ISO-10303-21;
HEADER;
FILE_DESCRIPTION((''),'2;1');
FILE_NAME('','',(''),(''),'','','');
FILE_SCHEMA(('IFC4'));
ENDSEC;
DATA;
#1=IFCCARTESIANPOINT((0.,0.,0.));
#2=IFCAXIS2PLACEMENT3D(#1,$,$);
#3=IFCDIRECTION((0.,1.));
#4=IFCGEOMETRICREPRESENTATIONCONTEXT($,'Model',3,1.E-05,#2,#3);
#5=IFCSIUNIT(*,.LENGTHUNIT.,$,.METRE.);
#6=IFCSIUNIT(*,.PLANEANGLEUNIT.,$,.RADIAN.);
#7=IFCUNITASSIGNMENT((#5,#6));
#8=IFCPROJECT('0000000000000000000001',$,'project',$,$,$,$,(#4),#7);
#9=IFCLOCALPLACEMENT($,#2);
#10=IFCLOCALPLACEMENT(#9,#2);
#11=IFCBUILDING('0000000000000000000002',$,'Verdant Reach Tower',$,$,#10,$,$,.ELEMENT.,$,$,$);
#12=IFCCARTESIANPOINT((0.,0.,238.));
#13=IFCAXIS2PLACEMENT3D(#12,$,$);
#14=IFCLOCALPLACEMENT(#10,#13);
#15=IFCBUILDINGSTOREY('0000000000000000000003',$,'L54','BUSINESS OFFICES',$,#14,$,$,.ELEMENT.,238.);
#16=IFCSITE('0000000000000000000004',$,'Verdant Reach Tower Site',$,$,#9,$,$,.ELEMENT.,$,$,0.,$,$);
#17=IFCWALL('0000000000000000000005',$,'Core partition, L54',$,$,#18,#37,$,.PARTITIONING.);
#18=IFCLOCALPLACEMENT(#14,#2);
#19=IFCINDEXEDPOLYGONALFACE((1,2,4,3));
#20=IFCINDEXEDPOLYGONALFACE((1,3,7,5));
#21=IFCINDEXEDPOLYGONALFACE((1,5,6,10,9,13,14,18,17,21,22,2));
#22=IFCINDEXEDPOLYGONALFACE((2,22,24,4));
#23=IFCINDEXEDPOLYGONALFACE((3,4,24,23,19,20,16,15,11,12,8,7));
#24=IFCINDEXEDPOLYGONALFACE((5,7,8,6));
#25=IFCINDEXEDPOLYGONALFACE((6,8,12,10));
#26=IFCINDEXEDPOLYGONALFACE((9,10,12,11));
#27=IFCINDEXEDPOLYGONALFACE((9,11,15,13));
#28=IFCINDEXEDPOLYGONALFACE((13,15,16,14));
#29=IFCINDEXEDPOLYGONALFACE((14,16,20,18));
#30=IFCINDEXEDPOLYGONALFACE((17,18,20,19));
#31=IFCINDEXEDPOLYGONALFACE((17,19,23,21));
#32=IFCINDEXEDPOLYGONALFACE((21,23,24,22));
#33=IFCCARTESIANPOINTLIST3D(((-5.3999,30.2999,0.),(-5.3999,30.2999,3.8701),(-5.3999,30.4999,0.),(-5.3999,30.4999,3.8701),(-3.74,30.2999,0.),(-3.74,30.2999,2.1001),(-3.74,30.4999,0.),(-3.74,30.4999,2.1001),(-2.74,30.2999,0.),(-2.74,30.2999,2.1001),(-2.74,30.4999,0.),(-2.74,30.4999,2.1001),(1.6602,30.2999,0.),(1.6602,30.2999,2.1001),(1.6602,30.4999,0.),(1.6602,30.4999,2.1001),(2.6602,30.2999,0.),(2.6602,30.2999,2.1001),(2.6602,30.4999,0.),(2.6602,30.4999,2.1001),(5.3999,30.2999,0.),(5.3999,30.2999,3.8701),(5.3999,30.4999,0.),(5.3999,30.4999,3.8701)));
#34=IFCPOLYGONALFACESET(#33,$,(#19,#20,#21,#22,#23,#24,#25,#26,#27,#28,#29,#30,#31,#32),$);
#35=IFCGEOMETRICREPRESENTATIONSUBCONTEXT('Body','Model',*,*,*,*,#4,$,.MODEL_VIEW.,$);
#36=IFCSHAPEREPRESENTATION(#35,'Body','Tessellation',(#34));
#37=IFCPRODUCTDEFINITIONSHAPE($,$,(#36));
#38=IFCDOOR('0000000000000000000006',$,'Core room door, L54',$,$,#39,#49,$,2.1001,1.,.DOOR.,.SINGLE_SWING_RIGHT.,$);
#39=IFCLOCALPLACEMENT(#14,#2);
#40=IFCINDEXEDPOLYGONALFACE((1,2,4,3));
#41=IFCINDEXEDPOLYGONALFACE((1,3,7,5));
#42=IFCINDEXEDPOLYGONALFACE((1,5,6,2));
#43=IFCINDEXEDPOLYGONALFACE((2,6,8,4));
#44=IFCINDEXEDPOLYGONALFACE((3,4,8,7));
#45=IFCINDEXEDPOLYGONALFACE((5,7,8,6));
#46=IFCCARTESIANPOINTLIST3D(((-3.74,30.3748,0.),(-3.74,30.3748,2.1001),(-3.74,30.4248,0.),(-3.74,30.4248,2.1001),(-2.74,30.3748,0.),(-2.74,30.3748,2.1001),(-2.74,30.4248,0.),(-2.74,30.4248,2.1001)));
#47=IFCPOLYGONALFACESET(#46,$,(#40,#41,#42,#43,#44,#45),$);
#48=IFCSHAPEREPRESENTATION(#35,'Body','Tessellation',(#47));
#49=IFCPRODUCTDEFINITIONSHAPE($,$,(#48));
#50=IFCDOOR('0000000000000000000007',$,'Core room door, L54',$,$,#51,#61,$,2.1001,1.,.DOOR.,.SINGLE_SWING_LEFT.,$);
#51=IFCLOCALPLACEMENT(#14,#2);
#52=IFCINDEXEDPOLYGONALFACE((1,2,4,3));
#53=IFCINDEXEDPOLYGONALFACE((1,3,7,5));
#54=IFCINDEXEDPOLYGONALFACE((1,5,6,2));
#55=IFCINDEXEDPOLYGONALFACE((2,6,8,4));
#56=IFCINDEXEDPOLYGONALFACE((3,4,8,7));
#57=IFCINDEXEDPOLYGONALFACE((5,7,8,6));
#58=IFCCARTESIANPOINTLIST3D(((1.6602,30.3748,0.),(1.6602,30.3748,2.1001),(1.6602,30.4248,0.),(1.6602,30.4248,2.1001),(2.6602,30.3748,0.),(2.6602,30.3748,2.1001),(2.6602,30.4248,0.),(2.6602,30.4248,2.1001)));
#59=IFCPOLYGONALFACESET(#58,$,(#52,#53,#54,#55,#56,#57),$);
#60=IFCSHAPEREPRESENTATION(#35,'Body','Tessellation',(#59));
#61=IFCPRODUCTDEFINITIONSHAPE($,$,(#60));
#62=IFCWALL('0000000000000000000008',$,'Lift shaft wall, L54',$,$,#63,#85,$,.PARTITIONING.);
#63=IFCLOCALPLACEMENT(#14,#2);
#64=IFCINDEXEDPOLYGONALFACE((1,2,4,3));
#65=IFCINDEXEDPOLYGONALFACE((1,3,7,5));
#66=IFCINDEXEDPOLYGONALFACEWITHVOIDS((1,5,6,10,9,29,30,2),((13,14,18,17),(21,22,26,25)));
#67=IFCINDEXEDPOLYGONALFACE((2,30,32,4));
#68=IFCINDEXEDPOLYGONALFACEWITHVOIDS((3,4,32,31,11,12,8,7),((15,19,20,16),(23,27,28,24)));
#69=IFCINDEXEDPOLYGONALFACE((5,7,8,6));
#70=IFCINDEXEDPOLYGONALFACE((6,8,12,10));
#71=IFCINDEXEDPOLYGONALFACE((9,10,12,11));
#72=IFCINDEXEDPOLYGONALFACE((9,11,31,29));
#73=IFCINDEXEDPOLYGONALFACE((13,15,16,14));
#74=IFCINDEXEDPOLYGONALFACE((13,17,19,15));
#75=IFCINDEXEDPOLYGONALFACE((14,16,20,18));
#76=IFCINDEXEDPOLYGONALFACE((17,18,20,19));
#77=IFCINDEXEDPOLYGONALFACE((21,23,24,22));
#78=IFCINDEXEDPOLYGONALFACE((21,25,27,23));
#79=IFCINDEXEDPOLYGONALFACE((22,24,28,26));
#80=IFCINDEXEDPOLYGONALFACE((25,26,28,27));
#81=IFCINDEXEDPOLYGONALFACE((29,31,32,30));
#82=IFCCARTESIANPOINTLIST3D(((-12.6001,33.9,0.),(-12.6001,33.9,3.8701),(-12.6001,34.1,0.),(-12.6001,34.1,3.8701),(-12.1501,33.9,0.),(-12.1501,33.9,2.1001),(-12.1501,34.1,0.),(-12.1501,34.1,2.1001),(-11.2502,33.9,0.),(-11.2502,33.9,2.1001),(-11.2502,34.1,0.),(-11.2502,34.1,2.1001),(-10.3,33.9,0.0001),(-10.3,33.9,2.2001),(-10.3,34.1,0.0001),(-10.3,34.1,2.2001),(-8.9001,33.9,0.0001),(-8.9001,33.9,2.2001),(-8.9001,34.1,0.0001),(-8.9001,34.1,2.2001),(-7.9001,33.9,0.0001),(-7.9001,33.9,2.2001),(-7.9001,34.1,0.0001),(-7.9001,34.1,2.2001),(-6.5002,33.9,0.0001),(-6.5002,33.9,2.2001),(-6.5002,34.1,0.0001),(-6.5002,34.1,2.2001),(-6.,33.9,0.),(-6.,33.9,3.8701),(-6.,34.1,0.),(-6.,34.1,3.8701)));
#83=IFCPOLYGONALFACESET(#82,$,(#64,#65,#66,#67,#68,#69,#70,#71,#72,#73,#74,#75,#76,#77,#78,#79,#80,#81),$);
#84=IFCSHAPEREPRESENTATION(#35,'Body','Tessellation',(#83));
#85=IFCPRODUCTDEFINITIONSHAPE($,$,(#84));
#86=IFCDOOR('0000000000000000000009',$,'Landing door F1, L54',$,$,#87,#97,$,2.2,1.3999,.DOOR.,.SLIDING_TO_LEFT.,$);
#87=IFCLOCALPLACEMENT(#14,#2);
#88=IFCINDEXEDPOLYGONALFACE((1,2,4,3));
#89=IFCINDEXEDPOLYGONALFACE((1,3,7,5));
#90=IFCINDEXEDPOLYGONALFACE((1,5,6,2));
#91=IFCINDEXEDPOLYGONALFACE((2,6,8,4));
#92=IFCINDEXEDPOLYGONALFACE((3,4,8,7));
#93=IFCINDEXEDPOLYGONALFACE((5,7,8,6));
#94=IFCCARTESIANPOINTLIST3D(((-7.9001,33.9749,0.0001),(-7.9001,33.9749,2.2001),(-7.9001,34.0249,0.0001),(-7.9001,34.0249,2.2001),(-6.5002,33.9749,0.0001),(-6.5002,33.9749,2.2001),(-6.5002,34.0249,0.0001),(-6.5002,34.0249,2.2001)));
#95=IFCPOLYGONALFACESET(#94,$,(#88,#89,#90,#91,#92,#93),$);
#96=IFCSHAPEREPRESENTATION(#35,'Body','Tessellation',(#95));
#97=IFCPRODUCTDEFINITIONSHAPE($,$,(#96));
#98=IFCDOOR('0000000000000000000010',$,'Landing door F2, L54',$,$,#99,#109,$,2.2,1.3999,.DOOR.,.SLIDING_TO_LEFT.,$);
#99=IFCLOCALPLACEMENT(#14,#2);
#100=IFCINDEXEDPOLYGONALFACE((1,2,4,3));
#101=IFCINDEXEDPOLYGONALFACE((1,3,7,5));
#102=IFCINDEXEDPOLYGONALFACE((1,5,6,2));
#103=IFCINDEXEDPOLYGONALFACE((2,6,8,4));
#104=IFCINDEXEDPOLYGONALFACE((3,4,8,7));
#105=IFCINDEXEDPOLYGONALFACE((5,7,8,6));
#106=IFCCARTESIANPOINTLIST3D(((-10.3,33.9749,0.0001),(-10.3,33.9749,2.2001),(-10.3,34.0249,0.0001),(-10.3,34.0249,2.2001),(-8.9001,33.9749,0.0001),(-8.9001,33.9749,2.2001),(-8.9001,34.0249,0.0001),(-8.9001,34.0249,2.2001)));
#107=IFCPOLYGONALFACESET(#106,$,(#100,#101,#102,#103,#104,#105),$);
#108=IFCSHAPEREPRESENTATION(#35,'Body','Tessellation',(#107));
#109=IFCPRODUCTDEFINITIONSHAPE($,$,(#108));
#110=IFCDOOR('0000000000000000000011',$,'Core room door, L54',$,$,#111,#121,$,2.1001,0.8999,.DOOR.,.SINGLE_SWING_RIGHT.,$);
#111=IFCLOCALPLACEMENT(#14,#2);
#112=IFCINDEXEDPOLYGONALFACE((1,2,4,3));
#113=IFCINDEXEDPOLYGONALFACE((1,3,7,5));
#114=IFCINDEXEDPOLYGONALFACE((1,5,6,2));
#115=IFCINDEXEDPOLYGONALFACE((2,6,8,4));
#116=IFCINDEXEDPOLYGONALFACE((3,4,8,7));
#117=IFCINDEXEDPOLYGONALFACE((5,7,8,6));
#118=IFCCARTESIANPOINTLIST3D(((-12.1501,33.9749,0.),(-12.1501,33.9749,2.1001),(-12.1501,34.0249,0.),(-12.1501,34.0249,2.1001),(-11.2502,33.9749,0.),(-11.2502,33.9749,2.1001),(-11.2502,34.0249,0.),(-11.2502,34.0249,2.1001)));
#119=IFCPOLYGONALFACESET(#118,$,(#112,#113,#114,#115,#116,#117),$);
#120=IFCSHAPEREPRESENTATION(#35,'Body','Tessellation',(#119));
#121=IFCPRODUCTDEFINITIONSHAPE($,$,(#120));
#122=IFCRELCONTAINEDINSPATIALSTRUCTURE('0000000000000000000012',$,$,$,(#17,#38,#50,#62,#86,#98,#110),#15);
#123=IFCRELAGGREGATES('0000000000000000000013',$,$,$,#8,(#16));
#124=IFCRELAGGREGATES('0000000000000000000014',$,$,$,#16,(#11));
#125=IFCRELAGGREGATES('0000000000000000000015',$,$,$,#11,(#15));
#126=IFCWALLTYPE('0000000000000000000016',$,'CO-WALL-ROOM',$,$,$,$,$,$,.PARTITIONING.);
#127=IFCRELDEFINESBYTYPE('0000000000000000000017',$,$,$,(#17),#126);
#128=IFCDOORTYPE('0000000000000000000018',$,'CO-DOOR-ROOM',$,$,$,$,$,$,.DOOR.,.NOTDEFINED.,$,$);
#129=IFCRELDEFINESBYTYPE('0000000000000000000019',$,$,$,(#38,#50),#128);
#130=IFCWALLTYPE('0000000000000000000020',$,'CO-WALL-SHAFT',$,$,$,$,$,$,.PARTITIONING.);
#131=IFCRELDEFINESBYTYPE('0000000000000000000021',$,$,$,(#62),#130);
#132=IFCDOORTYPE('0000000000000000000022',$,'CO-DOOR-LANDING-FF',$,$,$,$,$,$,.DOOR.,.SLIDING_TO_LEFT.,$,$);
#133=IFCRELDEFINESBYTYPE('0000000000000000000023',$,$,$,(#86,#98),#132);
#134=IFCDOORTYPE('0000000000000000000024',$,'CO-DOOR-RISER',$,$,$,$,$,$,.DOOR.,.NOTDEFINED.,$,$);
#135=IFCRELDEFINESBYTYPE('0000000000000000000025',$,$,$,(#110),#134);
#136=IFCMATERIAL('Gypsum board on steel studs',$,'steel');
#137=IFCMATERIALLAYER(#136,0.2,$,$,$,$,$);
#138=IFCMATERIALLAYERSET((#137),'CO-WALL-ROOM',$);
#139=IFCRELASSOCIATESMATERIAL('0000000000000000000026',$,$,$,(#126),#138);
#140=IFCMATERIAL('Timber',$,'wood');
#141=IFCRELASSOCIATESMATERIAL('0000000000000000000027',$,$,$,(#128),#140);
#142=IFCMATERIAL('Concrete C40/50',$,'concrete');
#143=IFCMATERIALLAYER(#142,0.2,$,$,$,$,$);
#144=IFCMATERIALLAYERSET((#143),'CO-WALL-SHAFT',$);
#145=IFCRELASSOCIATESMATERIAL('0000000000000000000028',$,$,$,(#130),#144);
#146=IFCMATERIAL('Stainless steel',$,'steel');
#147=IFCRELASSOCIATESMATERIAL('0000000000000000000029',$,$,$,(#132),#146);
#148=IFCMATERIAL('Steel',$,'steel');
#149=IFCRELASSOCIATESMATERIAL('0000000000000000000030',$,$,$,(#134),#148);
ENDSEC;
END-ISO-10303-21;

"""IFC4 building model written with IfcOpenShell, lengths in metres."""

from ifc_helpers import new_model, si_unit, direction, frame, frame_2d, origin, place, context, subcontext, project, spatial, rectangle, extrude, material, layer, layer_set, type_object, element, fill, save


model = new_model("IFC4")

# Units and contexts
model_context = context("Model", 3, precision=1e-05, world=origin(), true_north=direction((0.0, 1.0)))
body_context = subcontext(model_context, "Body", "Model", "MODEL_VIEW")
ifc_project = project(units=[si_unit("LENGTHUNIT", "METRE"), si_unit("PLANEANGLEUNIT", "RADIAN")], contexts=[model_context])

# Site, building, storey
site_placement = place(None, origin())
site = spatial("IfcSite", under=ifc_project, at=site_placement, Name="Verdant Reach Tower Site", CompositionType="ELEMENT", RefElevation=0.0)
building_placement = place(site_placement, origin())
building = spatial("IfcBuilding", under=site, at=building_placement, Name="Verdant Reach Tower", CompositionType="ELEMENT")
storey_placement = place(building_placement, frame((0.0, 0.0, 238.0)))
storey = spatial("IfcBuildingStorey", under=building, at=storey_placement, Name="L54", Description="BUSINESS OFFICES", CompositionType="ELEMENT", Elevation=238.0)

# Walls, openings, doors
ifc_material_1 = material(Name="Gypsum board on steel studs", Category="steel")
ifc_layer_1 = layer(ifc_material_1, 0.2)
ifc_layer_set_1 = layer_set([ifc_layer_1], Name="CO-WALL-ROOM")
wall_type_1 = type_object("IfcWallType", Name="CO-WALL-ROOM", PredefinedType="PARTITIONING", material=ifc_layer_set_1)
wall_1_placement = place(storey_placement, frame((-5.3999, 30.3999, 0.0), z_axis=(0.0, 0.0, 1.0), x_axis=(1.0, 0.0, 0.0)))
wall_1 = element("IfcWall", 1, at=wall_1_placement, inside=storey, type_object=wall_type_1, Name="Core partition, L54", PredefinedType="PARTITIONING", context=body_context, shape_type="SweptSolid", body=[
    extrude(rectangle(XDim=10.7998, YDim=0.2, at=frame_2d((5.3999, 0.0))), origin(), (0.0, 0.0, 1.0), 3.8701),
])
opening_1_placement = place(wall_1_placement, frame((1.6599, 0.0, 0.0)))
opening_1 = element("IfcOpeningElement", 2, at=opening_1_placement, cuts=wall_1, PredefinedType="OPENING", context=body_context, shape_type="SweptSolid", body=[
    extrude(rectangle(XDim=1.0, YDim=2.1001, at=frame_2d((0.5, 1.05))), frame((0.0, 0.1099, 0.0), z_axis=(0.0, -1.0, 0.0), x_axis=(1.0, 0.0, 0.0)), (0.0, 0.0, 1.0), 0.22),
])
opening_2_placement = place(wall_1_placement, frame((7.0601, 0.0, 0.0)))
opening_2 = element("IfcOpeningElement", 3, at=opening_2_placement, cuts=wall_1, PredefinedType="OPENING", context=body_context, shape_type="SweptSolid", body=[
    extrude(rectangle(XDim=1.0, YDim=2.1001, at=frame_2d((0.5, 1.05))), frame((0.0, 0.1099, 0.0), z_axis=(0.0, -1.0, 0.0), x_axis=(1.0, 0.0, 0.0)), (0.0, 0.0, 1.0), 0.22),
])
ifc_material_2 = material(Name="Timber", Category="wood")
door_type_1 = type_object("IfcDoorType", Name="CO-DOOR-ROOM", OperationType="NOTDEFINED", PredefinedType="DOOR", material=ifc_material_2)
door_1_placement = place(opening_1_placement, origin())
door_1 = element("IfcDoor", 4, at=door_1_placement, inside=storey, type_object=door_type_1, Name="Core room door, L54", OperationType="SINGLE_SWING_RIGHT", OverallHeight=2.1001, OverallWidth=1.0, PredefinedType="DOOR", context=body_context, shape_type="SweptSolid", body=[
    extrude(rectangle(XDim=1.0, YDim=2.1001, at=frame_2d((0.5, 1.05))), frame((0.0, 0.0249, 0.0), z_axis=(0.0, -1.0, 0.0), x_axis=(1.0, 0.0, 0.0)), (0.0, 0.0, 1.0), 0.05),
])
fill(opening_1, door_1)
door_2_placement = place(opening_2_placement, origin())
door_2 = element("IfcDoor", 5, at=door_2_placement, inside=storey, type_object=door_type_1, Name="Core room door, L54", OperationType="SINGLE_SWING_LEFT", OverallHeight=2.1001, OverallWidth=1.0, PredefinedType="DOOR", context=body_context, shape_type="SweptSolid", body=[
    extrude(rectangle(XDim=1.0, YDim=2.1001, at=frame_2d((0.5, 1.05))), frame((0.0, 0.0249, 0.0), z_axis=(0.0, -1.0, 0.0), x_axis=(1.0, 0.0, 0.0)), (0.0, 0.0, 1.0), 0.05),
])
fill(opening_2, door_2)
ifc_material_3 = material(Name="Concrete C40/50", Category="concrete")
ifc_layer_2 = layer(ifc_material_3, 0.2)
ifc_layer_set_2 = layer_set([ifc_layer_2], Name="CO-WALL-SHAFT")
wall_type_2 = type_object("IfcWallType", Name="CO-WALL-SHAFT", PredefinedType="PARTITIONING", material=ifc_layer_set_2)
wall_2_placement = place(storey_placement, frame((-12.6001, 34.0, 0.0), z_axis=(0.0, 0.0, 1.0), x_axis=(1.0, 0.0, 0.0)))
wall_2 = element("IfcWall", 6, at=wall_2_placement, inside=storey, type_object=wall_type_2, Name="Lift shaft wall, L54", PredefinedType="PARTITIONING", context=body_context, shape_type="SweptSolid", body=[
    extrude(rectangle(XDim=6.6001, YDim=0.2, at=frame_2d((3.3, 0.0))), origin(), (0.0, 0.0, 1.0), 3.8701),
])
opening_3_placement = place(wall_2_placement, frame((4.7, 0.0, 0.0)))
opening_3 = element("IfcOpeningElement", 7, at=opening_3_placement, cuts=wall_2, PredefinedType="OPENING", context=body_context, shape_type="SweptSolid", body=[
    extrude(rectangle(XDim=1.3999, YDim=2.2, at=frame_2d((0.7, 1.1001))), frame((0.0, 0.1099, 0.0), z_axis=(0.0, -1.0, 0.0), x_axis=(1.0, 0.0, 0.0)), (0.0, 0.0, 1.0), 0.22),
])
opening_4_placement = place(wall_2_placement, frame((2.3, 0.0, 0.0)))
opening_4 = element("IfcOpeningElement", 8, at=opening_4_placement, cuts=wall_2, PredefinedType="OPENING", context=body_context, shape_type="SweptSolid", body=[
    extrude(rectangle(XDim=1.3999, YDim=2.2, at=frame_2d((0.7, 1.1001))), frame((0.0, 0.1099, 0.0), z_axis=(0.0, -1.0, 0.0), x_axis=(1.0, 0.0, 0.0)), (0.0, 0.0, 1.0), 0.22),
])
opening_5_placement = place(wall_2_placement, frame((0.45, 0.0, 0.0)))
opening_5 = element("IfcOpeningElement", 9, at=opening_5_placement, cuts=wall_2, PredefinedType="OPENING", context=body_context, shape_type="SweptSolid", body=[
    extrude(rectangle(XDim=0.8999, YDim=2.1001, at=frame_2d((0.45, 1.05))), frame((0.0, 0.1099, 0.0), z_axis=(0.0, -1.0, 0.0), x_axis=(1.0, 0.0, 0.0)), (0.0, 0.0, 1.0), 0.22),
])
ifc_material_4 = material(Name="Stainless steel", Category="steel")
door_type_2 = type_object("IfcDoorType", Name="CO-DOOR-LANDING-FF", OperationType="SLIDING_TO_LEFT", PredefinedType="DOOR", material=ifc_material_4)
door_3_placement = place(opening_3_placement, origin())
door_3 = element("IfcDoor", 10, at=door_3_placement, inside=storey, type_object=door_type_2, Name="Landing door F1, L54", OperationType="SLIDING_TO_LEFT", OverallHeight=2.2, OverallWidth=1.3999, PredefinedType="DOOR", context=body_context, shape_type="SweptSolid", body=[
    extrude(rectangle(XDim=1.3999, YDim=2.2, at=frame_2d((0.7, 1.1001))), frame((0.0, 0.0249, 0.0), z_axis=(0.0, -1.0, 0.0), x_axis=(1.0, 0.0, 0.0)), (0.0, 0.0, 1.0), 0.05),
])
fill(opening_3, door_3)
door_4_placement = place(opening_4_placement, origin())
door_4 = element("IfcDoor", 11, at=door_4_placement, inside=storey, type_object=door_type_2, Name="Landing door F2, L54", OperationType="SLIDING_TO_LEFT", OverallHeight=2.2, OverallWidth=1.3999, PredefinedType="DOOR", context=body_context, shape_type="SweptSolid", body=[
    extrude(rectangle(XDim=1.3999, YDim=2.2, at=frame_2d((0.7, 1.1001))), frame((0.0, 0.0249, 0.0), z_axis=(0.0, -1.0, 0.0), x_axis=(1.0, 0.0, 0.0)), (0.0, 0.0, 1.0), 0.05),
])
fill(opening_4, door_4)
ifc_material_5 = material(Name="Steel", Category="steel")
door_type_3 = type_object("IfcDoorType", Name="CO-DOOR-RISER", OperationType="NOTDEFINED", PredefinedType="DOOR", material=ifc_material_5)
door_5_placement = place(opening_5_placement, origin())
door_5 = element("IfcDoor", 12, at=door_5_placement, inside=storey, type_object=door_type_3, Name="Core room door, L54", OperationType="SINGLE_SWING_RIGHT", OverallHeight=2.1001, OverallWidth=0.8999, PredefinedType="DOOR", context=body_context, shape_type="SweptSolid", body=[
    extrude(rectangle(XDim=0.8999, YDim=2.1001, at=frame_2d((0.45, 1.05))), frame((0.0, 0.0249, 0.0), z_axis=(0.0, -1.0, 0.0), x_axis=(1.0, 0.0, 0.0)), (0.0, 0.0, 1.0), 0.05),
])
fill(opening_5, door_5)

save(model, "model.ifc")
